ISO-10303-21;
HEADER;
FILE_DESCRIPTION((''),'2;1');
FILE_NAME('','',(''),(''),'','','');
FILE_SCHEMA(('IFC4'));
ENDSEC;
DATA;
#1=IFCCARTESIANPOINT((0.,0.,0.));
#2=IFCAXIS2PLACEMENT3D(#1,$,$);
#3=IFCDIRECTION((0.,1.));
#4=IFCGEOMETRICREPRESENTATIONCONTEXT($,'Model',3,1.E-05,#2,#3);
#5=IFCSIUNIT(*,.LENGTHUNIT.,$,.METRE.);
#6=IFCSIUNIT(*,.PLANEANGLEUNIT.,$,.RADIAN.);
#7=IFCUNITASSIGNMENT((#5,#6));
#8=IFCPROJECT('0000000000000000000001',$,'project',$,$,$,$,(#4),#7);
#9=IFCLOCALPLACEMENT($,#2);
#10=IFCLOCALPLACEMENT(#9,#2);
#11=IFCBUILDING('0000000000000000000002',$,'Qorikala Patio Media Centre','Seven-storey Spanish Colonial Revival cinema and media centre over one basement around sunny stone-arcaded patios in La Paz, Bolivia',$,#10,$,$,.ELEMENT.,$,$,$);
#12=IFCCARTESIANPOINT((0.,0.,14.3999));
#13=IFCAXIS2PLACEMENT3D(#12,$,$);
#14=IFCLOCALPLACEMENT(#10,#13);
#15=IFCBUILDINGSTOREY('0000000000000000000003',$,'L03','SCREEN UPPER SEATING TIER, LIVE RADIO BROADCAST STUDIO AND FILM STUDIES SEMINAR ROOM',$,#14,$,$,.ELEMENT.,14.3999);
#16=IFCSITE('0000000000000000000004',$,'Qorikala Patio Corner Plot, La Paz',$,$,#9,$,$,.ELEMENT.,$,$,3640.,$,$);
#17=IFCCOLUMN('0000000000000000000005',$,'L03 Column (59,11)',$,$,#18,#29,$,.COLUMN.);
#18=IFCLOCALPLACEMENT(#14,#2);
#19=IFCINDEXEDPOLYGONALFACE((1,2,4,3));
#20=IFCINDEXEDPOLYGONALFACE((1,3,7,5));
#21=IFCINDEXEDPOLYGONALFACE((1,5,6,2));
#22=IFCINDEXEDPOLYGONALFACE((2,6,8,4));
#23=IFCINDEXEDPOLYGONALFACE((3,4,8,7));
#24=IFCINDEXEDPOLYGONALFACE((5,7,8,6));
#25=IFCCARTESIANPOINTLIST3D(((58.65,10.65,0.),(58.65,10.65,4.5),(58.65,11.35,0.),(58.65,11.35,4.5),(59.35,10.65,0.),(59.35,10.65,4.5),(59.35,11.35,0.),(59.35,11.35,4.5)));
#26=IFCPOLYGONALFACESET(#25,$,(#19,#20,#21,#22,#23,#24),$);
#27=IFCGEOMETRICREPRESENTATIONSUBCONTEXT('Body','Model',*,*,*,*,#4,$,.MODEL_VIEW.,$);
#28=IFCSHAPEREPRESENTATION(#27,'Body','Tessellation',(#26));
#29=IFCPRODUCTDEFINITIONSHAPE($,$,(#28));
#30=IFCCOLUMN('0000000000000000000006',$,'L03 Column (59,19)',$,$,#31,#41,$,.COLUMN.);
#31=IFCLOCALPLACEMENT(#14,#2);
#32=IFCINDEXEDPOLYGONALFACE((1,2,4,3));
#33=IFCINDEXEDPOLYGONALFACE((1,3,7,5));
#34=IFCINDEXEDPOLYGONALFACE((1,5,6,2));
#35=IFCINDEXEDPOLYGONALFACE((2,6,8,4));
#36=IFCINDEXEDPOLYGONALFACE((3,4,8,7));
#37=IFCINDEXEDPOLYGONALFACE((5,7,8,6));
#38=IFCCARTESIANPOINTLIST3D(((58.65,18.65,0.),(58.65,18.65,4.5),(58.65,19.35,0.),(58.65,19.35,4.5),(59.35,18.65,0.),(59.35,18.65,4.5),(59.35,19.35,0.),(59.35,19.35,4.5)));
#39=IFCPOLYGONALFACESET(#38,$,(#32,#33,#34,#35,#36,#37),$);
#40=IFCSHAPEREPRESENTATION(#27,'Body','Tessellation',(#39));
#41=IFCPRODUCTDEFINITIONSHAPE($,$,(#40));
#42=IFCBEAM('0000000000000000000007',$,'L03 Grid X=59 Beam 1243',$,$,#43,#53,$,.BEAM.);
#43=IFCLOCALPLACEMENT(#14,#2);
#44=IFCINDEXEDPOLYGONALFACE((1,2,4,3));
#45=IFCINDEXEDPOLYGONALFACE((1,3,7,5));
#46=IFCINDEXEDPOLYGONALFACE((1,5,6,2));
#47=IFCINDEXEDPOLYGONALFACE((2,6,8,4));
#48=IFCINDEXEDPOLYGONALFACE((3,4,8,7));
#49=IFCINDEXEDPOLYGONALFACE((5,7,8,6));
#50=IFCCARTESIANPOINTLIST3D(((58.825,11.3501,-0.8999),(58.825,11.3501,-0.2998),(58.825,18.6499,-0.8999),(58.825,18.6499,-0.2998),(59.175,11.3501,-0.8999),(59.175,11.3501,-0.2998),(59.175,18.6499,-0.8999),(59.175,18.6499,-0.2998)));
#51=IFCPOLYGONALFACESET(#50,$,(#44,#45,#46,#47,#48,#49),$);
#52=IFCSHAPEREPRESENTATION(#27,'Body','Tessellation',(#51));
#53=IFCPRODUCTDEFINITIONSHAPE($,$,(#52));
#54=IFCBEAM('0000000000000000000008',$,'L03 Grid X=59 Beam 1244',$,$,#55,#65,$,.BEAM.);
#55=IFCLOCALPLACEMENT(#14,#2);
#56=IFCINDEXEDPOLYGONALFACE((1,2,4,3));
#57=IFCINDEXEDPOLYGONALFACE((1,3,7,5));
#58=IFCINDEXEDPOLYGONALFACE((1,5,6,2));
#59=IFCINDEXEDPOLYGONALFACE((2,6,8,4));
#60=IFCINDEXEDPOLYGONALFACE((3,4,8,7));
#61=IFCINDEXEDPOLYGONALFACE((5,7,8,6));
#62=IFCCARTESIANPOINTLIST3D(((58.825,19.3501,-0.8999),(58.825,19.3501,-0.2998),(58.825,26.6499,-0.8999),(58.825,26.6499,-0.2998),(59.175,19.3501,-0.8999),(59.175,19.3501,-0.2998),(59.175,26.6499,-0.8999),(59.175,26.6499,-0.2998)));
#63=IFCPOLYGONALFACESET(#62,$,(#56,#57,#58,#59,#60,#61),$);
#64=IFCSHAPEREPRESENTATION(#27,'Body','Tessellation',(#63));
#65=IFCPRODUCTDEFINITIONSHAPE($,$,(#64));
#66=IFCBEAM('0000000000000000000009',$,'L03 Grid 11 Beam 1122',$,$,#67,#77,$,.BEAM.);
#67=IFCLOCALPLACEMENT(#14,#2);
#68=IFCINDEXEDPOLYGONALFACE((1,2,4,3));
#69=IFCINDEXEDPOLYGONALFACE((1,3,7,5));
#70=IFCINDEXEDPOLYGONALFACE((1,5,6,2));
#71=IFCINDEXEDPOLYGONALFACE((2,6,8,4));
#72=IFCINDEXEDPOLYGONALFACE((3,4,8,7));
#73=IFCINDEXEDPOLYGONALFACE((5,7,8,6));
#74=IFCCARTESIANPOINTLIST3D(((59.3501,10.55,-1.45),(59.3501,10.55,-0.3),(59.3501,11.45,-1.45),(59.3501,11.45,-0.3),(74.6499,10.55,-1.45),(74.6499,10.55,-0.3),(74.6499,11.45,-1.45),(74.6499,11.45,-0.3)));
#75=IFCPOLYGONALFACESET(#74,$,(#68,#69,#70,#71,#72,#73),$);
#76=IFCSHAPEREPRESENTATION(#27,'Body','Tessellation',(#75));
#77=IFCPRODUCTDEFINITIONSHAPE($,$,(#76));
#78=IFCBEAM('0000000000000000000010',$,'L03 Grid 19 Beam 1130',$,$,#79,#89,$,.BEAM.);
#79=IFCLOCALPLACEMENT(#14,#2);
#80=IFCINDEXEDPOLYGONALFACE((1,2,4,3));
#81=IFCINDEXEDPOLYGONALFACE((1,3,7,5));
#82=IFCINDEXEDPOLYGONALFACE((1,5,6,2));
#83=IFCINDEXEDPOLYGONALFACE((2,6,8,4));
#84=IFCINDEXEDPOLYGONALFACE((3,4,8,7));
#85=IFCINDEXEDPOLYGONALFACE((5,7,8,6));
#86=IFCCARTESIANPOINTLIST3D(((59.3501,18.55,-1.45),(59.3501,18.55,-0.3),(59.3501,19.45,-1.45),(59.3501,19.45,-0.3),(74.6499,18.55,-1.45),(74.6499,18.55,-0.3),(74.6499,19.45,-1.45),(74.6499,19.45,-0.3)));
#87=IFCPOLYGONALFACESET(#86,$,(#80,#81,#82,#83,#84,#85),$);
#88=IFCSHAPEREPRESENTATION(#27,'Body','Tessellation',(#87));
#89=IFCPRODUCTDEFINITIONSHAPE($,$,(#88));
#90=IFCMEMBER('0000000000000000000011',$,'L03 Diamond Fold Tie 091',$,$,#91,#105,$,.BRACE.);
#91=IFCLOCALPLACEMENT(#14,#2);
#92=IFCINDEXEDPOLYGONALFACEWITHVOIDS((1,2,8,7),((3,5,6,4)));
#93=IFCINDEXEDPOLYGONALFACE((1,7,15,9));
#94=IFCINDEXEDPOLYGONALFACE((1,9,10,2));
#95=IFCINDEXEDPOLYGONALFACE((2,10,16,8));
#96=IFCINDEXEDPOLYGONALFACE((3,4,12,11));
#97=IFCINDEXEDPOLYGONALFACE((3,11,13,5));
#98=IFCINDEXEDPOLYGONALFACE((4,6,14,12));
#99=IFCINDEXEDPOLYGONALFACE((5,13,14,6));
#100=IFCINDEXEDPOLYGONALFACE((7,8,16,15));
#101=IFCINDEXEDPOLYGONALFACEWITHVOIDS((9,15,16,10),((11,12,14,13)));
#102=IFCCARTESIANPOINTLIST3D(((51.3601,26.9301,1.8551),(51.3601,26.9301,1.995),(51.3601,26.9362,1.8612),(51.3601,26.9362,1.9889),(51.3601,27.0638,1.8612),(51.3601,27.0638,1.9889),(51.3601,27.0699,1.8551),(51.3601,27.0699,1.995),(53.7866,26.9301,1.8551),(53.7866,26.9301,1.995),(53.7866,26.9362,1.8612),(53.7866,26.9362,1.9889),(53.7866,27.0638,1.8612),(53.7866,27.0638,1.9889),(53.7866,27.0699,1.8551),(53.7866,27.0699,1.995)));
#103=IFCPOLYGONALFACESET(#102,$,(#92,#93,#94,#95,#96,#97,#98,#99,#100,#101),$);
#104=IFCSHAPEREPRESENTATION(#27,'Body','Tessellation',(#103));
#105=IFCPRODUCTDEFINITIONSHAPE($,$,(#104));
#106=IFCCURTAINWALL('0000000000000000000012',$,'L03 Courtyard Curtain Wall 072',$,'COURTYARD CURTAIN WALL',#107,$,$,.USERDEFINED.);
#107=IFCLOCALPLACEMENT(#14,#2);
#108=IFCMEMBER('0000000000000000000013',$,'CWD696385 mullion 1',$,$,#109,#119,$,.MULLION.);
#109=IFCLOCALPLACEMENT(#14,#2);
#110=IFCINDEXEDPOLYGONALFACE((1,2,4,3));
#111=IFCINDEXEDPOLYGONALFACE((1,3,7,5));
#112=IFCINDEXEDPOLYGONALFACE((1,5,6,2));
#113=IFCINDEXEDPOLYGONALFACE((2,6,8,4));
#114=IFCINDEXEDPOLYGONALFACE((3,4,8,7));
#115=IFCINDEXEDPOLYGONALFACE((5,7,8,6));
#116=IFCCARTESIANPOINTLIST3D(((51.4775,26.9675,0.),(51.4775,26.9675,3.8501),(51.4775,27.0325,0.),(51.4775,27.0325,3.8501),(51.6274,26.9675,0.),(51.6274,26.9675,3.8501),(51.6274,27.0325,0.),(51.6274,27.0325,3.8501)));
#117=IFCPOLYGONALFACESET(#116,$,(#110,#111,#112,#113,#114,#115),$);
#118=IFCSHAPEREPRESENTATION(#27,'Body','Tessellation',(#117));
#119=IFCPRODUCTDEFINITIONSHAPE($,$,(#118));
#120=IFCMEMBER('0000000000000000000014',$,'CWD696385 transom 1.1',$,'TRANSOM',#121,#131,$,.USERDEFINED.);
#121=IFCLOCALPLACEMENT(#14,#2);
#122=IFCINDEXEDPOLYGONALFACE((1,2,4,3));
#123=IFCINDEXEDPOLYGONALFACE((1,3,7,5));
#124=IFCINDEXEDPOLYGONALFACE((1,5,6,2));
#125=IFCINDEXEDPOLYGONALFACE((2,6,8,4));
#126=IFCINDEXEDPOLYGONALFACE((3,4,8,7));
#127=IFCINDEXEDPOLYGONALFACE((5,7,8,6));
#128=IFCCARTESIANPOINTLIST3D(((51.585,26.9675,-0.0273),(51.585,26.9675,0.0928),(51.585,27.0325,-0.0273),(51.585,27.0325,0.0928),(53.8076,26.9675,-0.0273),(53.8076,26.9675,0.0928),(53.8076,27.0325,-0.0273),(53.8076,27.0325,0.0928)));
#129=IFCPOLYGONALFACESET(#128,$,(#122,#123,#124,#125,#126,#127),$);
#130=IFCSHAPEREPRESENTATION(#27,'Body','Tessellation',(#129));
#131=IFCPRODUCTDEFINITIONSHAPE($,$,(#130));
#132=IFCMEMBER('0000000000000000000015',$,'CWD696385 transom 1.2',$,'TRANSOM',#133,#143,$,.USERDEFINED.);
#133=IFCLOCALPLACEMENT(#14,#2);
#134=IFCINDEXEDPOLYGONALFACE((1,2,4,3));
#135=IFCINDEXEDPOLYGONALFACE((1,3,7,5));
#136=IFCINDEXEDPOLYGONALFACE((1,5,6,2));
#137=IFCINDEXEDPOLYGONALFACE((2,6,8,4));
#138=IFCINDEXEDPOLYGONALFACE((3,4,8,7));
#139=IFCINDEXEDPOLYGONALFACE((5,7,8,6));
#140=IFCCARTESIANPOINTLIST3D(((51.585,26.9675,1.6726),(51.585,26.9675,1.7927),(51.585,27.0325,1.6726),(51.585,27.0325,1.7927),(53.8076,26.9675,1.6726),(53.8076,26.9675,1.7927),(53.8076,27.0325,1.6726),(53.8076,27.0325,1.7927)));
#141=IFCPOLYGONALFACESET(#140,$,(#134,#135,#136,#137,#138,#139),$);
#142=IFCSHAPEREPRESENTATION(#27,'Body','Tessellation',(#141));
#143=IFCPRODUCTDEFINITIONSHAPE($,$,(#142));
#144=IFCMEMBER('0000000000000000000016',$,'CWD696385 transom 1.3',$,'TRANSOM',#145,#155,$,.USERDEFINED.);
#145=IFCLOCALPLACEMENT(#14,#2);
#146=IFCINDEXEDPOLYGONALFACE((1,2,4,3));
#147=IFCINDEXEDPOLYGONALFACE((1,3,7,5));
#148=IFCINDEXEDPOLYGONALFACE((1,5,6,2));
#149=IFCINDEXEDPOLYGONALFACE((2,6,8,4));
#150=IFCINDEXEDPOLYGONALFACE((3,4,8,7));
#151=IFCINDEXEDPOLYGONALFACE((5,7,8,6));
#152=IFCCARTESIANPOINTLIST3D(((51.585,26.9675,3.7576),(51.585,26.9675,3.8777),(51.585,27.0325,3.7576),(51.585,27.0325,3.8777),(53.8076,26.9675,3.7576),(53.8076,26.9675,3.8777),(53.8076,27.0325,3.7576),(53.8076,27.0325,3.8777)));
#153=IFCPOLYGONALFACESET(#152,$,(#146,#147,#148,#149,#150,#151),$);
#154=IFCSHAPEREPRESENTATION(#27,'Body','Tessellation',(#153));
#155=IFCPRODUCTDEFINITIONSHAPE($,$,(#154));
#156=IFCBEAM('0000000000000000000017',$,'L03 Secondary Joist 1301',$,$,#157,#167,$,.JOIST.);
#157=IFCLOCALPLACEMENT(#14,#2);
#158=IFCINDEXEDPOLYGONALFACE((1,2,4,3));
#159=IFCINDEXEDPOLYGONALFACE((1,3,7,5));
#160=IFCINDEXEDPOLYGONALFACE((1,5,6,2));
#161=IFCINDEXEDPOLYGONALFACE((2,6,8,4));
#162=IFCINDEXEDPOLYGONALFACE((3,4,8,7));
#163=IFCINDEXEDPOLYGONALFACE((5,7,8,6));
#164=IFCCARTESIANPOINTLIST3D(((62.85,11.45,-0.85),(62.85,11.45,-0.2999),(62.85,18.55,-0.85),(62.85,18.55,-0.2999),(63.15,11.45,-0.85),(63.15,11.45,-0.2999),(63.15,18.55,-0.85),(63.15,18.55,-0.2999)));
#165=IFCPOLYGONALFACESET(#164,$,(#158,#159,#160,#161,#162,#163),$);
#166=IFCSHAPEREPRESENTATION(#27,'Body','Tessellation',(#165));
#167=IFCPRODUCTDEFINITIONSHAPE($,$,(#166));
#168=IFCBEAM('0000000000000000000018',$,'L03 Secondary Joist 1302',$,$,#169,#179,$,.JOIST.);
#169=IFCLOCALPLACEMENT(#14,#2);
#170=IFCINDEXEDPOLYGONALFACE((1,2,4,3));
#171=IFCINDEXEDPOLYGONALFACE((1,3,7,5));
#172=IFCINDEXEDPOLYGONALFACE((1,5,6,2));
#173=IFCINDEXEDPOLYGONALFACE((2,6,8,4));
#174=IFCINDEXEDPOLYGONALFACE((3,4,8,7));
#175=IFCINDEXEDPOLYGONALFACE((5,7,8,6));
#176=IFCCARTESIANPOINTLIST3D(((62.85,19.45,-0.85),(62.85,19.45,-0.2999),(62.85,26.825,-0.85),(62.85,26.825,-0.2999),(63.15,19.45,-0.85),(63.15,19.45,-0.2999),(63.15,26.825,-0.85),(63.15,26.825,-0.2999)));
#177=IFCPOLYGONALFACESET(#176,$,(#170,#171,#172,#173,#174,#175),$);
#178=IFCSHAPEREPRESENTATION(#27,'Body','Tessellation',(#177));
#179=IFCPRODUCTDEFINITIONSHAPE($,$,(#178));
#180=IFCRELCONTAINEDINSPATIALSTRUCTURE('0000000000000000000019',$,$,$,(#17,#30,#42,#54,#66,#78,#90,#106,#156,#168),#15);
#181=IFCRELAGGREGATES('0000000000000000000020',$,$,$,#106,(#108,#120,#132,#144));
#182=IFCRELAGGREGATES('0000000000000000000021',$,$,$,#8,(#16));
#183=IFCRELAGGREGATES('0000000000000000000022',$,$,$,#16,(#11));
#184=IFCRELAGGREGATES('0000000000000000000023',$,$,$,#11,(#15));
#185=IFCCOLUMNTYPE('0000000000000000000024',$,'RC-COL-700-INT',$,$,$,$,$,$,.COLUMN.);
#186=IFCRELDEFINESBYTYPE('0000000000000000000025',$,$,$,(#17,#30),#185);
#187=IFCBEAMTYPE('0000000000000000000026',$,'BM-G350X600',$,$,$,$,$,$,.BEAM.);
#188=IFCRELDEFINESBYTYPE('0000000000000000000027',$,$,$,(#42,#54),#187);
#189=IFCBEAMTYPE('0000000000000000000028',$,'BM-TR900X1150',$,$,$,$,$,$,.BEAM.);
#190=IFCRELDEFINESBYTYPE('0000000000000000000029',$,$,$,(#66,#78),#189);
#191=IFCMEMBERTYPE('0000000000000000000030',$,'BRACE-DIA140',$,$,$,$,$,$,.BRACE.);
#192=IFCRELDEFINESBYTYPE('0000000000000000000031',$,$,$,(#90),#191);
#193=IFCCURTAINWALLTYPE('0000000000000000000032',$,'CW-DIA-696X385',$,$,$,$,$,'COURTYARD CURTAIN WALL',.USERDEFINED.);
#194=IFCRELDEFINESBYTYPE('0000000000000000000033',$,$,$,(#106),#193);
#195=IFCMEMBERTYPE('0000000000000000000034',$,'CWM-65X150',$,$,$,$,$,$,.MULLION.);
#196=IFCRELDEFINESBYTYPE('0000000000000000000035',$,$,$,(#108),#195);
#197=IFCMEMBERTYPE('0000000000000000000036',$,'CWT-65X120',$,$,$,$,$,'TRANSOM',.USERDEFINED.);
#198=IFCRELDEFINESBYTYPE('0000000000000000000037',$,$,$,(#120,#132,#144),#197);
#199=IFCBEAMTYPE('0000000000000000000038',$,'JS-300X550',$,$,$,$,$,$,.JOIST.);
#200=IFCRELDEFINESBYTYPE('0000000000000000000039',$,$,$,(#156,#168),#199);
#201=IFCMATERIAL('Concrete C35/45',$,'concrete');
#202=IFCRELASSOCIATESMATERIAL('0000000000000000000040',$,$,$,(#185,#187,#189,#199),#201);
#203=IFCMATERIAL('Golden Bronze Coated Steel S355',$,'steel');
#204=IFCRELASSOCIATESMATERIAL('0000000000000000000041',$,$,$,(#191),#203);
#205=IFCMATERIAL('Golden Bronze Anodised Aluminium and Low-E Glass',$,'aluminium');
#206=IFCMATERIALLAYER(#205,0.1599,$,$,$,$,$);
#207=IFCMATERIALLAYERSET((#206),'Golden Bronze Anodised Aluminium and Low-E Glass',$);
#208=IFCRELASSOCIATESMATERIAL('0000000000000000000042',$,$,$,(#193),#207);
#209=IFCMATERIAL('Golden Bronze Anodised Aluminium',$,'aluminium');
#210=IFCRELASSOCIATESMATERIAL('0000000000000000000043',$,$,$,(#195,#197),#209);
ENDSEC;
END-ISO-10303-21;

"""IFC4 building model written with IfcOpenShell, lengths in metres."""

from ifc_helpers import new_model, si_unit, direction, frame, origin, origin_2d, place, context, subcontext, project, spatial, rectangle, hollow_rectangle, extrude, material, layer, layer_set, material_profile, profile_set, type_object, element, aggregate, save


model = new_model("IFC4")

# Units and contexts
model_context = context("Model", 3, precision=1e-05, world=origin(), true_north=direction((0.0, 1.0)))
body_context = subcontext(model_context, "Body", "Model", "MODEL_VIEW")
ifc_project = project(units=[si_unit("LENGTHUNIT", "METRE"), si_unit("PLANEANGLEUNIT", "RADIAN")], contexts=[model_context])

# Site, building, storey
site_placement = place(None, origin())
site = spatial("IfcSite", under=ifc_project, at=site_placement, Name="Qorikala Patio Corner Plot, La Paz", CompositionType="ELEMENT", RefElevation=3640.0)
building_placement = place(site_placement, origin())
building = spatial("IfcBuilding", under=site, at=building_placement, Name="Qorikala Patio Media Centre", Description="Seven-storey Spanish Colonial Revival cinema and media centre over one basement around sunny stone-arcaded patios in La Paz, Bolivia", CompositionType="ELEMENT")
storey_placement = place(building_placement, frame((0.0, 0.0, 14.3999)))
storey = spatial("IfcBuildingStorey", under=building, at=storey_placement, Name="L03", Description="SCREEN UPPER SEATING TIER, LIVE RADIO BROADCAST STUDIO AND FILM STUDIES SEMINAR ROOM", CompositionType="ELEMENT", Elevation=14.3999)

# Columns
ifc_material_1 = material(Name="Concrete C35/45", Category="concrete")
ifc_material_profile_1 = material_profile(ifc_material_1, rectangle(XDim=0.7, YDim=0.7, at=origin_2d()), Name="RC 700x700")
ifc_profile_set_1 = profile_set([ifc_material_profile_1], Name="Concrete C35/45")
column_type = type_object("IfcColumnType", Name="RC-COL-700-INT", PredefinedType="COLUMN", material=ifc_profile_set_1)
for number, where, z_axis, x_axis, name in (
    (1, (59.0, 11.0, 0.0), (0.0, 0.0, 1.0), (1.0, 0.0, 0.0), "L03 Column (59,11)"),
    (2, (59.0, 19.0, 0.0), (0.0, 0.0, 1.0), (1.0, 0.0, 0.0), "L03 Column (59,19)"),
):
    element("IfcColumn", number, at=place(storey_placement, frame(where, z_axis=z_axis, x_axis=x_axis)), inside=storey, type_object=column_type, Name=name, PredefinedType="COLUMN", context=body_context, shape_type="SweptSolid", body=[
        extrude(rectangle(XDim=0.7, YDim=0.7, at=origin_2d()), origin(), (0.0, 0.0, 1.0), 4.5),
    ])

# Beams
ifc_material_profile_2 = material_profile(ifc_material_1, rectangle(XDim=0.3501, YDim=0.6001, at=origin_2d()), Name="RC 350x600")
ifc_profile_set_2 = profile_set([ifc_material_profile_2], Name="Concrete C35/45")
beam_type_1 = type_object("IfcBeamType", Name="BM-G350X600", PredefinedType="BEAM", material=ifc_profile_set_2)
for number, where, z_axis, x_axis, name in (
    (3, (59.0, 11.3501, -0.5999), (0.0, 1.0, 0.0), (-1.0, 0.0, 0.0), "L03 Grid X=59 Beam 1243"),
    (4, (59.0, 19.3501, -0.5999), (0.0, 1.0, 0.0), (-1.0, 0.0, 0.0), "L03 Grid X=59 Beam 1244"),
):
    element("IfcBeam", number, at=place(storey_placement, frame(where, z_axis=z_axis, x_axis=x_axis)), inside=storey, type_object=beam_type_1, Name=name, PredefinedType="BEAM", context=body_context, shape_type="SweptSolid", body=[
        extrude(rectangle(XDim=0.3501, YDim=0.6001, at=origin_2d()), origin(), (0.0, 0.0, 1.0), 7.2998),
    ])
ifc_material_profile_3 = material_profile(ifc_material_1, rectangle(XDim=0.8999, YDim=1.1499, at=origin_2d()), Name="RC 900x1150")
ifc_profile_set_3 = profile_set([ifc_material_profile_3], Name="Concrete C35/45")
beam_type_2 = type_object("IfcBeamType", Name="BM-TR900X1150", PredefinedType="BEAM", material=ifc_profile_set_3)
for number, where, z_axis, x_axis, name in (
    (5, (59.3501, 11.0, -0.875), (1.0, 0.0, 0.0), (0.0, 1.0, 0.0), "L03 Grid 11 Beam 1122"),
    (6, (59.3501, 19.0, -0.875), (1.0, 0.0, 0.0), (0.0, 1.0, 0.0), "L03 Grid 19 Beam 1130"),
):
    element("IfcBeam", number, at=place(storey_placement, frame(where, z_axis=z_axis, x_axis=x_axis)), inside=storey, type_object=beam_type_2, Name=name, PredefinedType="BEAM", context=body_context, shape_type="SweptSolid", body=[
        extrude(rectangle(XDim=0.8999, YDim=1.1499, at=origin_2d()), origin(), (0.0, 0.0, 1.0), 15.2998),
    ])

# Member
ifc_material_2 = material(Name="Golden Bronze Coated Steel S355", Category="steel")
ifc_material_profile_4 = material_profile(ifc_material_2, hollow_rectangle(XDim=0.1399, YDim=0.1399, WallThickness=0.0061, at=origin_2d()), Name="HSS140X140X6")
ifc_profile_set_4 = profile_set([ifc_material_profile_4], Name="Golden Bronze Coated Steel S355")
member_type_1 = type_object("IfcMemberType", Name="BRACE-DIA140", PredefinedType="BRACE", material=ifc_profile_set_4)
member_1_placement = place(storey_placement, frame((51.3601, 27.0, 1.925), z_axis=(1.0, 0.0, 0.0), x_axis=(0.0, 1.0, 0.0)))
element("IfcMember", 7, at=member_1_placement, inside=storey, type_object=member_type_1, Name="L03 Diamond Fold Tie 091", PredefinedType="BRACE", context=body_context, shape_type="SweptSolid", body=[
    extrude(hollow_rectangle(XDim=0.1399, YDim=0.1399, WallThickness=0.0061, at=origin_2d()), origin(), (0.0, 0.0, 1.0), 2.4265),
])

# Curtain wall, members
ifc_material_3 = material(Name="Golden Bronze Anodised Aluminium and Low-E Glass", Category="aluminium")
ifc_layer_1 = layer(ifc_material_3, 0.1599)
ifc_layer_set_1 = layer_set([ifc_layer_1], Name="Golden Bronze Anodised Aluminium and Low-E Glass")
curtain_wall_type = type_object("IfcCurtainWallType", Name="CW-DIA-696X385", ElementType="COURTYARD CURTAIN WALL", PredefinedType="USERDEFINED", material=ifc_layer_set_1)
curtain_wall_placement = place(storey_placement, origin())
curtain_wall = element("IfcCurtainWall", 8, at=curtain_wall_placement, inside=storey, type_object=curtain_wall_type, Name="L03 Courtyard Curtain Wall 072", ObjectType="COURTYARD CURTAIN WALL", PredefinedType="USERDEFINED")
ifc_material_4 = material(Name="Golden Bronze Anodised Aluminium", Category="aluminium")
ifc_material_profile_5 = material_profile(ifc_material_4, rectangle(XDim=0.0649, YDim=0.1499, at=origin_2d()), Name="ALU MULLION 65x150")
ifc_profile_set_5 = profile_set([ifc_material_profile_5], Name="Golden Bronze Anodised Aluminium")
member_type_2 = type_object("IfcMemberType", Name="CWM-65X150", PredefinedType="MULLION", material=ifc_profile_set_5)
member_2_placement = place(storey_placement, frame((51.5525, 27.0, 0.0), z_axis=(0.0, 0.0, 1.0), x_axis=(0.0, 1.0, 0.0)))
member_2 = element("IfcMember", 9, at=member_2_placement, type_object=member_type_2, Name="CWD696385 mullion 1", PredefinedType="MULLION", context=body_context, shape_type="SweptSolid", body=[
    extrude(rectangle(XDim=0.0649, YDim=0.1499, at=origin_2d()), origin(), (0.0, 0.0, 1.0), 3.8501),
])
ifc_material_profile_6 = material_profile(ifc_material_4, rectangle(XDim=0.0649, YDim=0.1201, at=origin_2d()), Name="ALU TRANSOM 65x120")
ifc_profile_set_6 = profile_set([ifc_material_profile_6], Name="Golden Bronze Anodised Aluminium")
member_type_3 = type_object("IfcMemberType", Name="CWT-65X120", ElementType="TRANSOM", PredefinedType="USERDEFINED", material=ifc_profile_set_6)
member_3_placement = place(storey_placement, frame((51.585, 27.0, 0.0327), z_axis=(1.0, 0.0, 0.0), x_axis=(0.0, 1.0, 0.0)))
member_3 = element("IfcMember", 10, at=member_3_placement, type_object=member_type_3, Name="CWD696385 transom 1.1", ObjectType="TRANSOM", PredefinedType="USERDEFINED", context=body_context, shape_type="SweptSolid", body=[
    extrude(rectangle(XDim=0.0649, YDim=0.1201, at=origin_2d()), origin(), (0.0, 0.0, 1.0), 2.2227),
])
member_4_placement = place(storey_placement, frame((51.585, 27.0, 1.7327), z_axis=(1.0, 0.0, 0.0), x_axis=(0.0, 1.0, 0.0)))
member_4 = element("IfcMember", 11, at=member_4_placement, type_object=member_type_3, Name="CWD696385 transom 1.2", ObjectType="TRANSOM", PredefinedType="USERDEFINED", context=body_context, shape_type="SweptSolid", body=[
    extrude(rectangle(XDim=0.0649, YDim=0.1201, at=origin_2d()), origin(), (0.0, 0.0, 1.0), 2.2227),
])
member_5_placement = place(storey_placement, frame((51.585, 27.0, 3.8176), z_axis=(1.0, 0.0, 0.0), x_axis=(0.0, 1.0, 0.0)))
member_5 = element("IfcMember", 12, at=member_5_placement, type_object=member_type_3, Name="CWD696385 transom 1.3", ObjectType="TRANSOM", PredefinedType="USERDEFINED", context=body_context, shape_type="SweptSolid", body=[
    extrude(rectangle(XDim=0.0649, YDim=0.1201, at=origin_2d()), origin(), (0.0, 0.0, 1.0), 2.2227),
])

# Beams
ifc_material_profile_7 = material_profile(ifc_material_1, rectangle(XDim=0.3, YDim=0.55, at=origin_2d()), Name="RC 300x550")
ifc_profile_set_7 = profile_set([ifc_material_profile_7], Name="Concrete C35/45")
beam_type_3 = type_object("IfcBeamType", Name="JS-300X550", PredefinedType="JOIST", material=ifc_profile_set_7)
beam_1_placement = place(storey_placement, frame((63.0, 11.45, -0.575), z_axis=(0.0, 1.0, 0.0), x_axis=(-1.0, 0.0, 0.0)))
element("IfcBeam", 13, at=beam_1_placement, inside=storey, type_object=beam_type_3, Name="L03 Secondary Joist 1301", PredefinedType="JOIST", context=body_context, shape_type="SweptSolid", body=[
    extrude(rectangle(XDim=0.3, YDim=0.55, at=origin_2d()), origin(), (0.0, 0.0, 1.0), 7.1001),
])
beam_2_placement = place(storey_placement, frame((63.0, 19.45, -0.575), z_axis=(0.0, 1.0, 0.0), x_axis=(-1.0, 0.0, 0.0)))
element("IfcBeam", 14, at=beam_2_placement, inside=storey, type_object=beam_type_3, Name="L03 Secondary Joist 1302", PredefinedType="JOIST", context=body_context, shape_type="SweptSolid", body=[
    extrude(rectangle(XDim=0.3, YDim=0.55, at=origin_2d()), origin(), (0.0, 0.0, 1.0), 7.375),
])

aggregate(curtain_wall, [member_2, member_3, member_4, member_5])

save(model, "model.ifc")
